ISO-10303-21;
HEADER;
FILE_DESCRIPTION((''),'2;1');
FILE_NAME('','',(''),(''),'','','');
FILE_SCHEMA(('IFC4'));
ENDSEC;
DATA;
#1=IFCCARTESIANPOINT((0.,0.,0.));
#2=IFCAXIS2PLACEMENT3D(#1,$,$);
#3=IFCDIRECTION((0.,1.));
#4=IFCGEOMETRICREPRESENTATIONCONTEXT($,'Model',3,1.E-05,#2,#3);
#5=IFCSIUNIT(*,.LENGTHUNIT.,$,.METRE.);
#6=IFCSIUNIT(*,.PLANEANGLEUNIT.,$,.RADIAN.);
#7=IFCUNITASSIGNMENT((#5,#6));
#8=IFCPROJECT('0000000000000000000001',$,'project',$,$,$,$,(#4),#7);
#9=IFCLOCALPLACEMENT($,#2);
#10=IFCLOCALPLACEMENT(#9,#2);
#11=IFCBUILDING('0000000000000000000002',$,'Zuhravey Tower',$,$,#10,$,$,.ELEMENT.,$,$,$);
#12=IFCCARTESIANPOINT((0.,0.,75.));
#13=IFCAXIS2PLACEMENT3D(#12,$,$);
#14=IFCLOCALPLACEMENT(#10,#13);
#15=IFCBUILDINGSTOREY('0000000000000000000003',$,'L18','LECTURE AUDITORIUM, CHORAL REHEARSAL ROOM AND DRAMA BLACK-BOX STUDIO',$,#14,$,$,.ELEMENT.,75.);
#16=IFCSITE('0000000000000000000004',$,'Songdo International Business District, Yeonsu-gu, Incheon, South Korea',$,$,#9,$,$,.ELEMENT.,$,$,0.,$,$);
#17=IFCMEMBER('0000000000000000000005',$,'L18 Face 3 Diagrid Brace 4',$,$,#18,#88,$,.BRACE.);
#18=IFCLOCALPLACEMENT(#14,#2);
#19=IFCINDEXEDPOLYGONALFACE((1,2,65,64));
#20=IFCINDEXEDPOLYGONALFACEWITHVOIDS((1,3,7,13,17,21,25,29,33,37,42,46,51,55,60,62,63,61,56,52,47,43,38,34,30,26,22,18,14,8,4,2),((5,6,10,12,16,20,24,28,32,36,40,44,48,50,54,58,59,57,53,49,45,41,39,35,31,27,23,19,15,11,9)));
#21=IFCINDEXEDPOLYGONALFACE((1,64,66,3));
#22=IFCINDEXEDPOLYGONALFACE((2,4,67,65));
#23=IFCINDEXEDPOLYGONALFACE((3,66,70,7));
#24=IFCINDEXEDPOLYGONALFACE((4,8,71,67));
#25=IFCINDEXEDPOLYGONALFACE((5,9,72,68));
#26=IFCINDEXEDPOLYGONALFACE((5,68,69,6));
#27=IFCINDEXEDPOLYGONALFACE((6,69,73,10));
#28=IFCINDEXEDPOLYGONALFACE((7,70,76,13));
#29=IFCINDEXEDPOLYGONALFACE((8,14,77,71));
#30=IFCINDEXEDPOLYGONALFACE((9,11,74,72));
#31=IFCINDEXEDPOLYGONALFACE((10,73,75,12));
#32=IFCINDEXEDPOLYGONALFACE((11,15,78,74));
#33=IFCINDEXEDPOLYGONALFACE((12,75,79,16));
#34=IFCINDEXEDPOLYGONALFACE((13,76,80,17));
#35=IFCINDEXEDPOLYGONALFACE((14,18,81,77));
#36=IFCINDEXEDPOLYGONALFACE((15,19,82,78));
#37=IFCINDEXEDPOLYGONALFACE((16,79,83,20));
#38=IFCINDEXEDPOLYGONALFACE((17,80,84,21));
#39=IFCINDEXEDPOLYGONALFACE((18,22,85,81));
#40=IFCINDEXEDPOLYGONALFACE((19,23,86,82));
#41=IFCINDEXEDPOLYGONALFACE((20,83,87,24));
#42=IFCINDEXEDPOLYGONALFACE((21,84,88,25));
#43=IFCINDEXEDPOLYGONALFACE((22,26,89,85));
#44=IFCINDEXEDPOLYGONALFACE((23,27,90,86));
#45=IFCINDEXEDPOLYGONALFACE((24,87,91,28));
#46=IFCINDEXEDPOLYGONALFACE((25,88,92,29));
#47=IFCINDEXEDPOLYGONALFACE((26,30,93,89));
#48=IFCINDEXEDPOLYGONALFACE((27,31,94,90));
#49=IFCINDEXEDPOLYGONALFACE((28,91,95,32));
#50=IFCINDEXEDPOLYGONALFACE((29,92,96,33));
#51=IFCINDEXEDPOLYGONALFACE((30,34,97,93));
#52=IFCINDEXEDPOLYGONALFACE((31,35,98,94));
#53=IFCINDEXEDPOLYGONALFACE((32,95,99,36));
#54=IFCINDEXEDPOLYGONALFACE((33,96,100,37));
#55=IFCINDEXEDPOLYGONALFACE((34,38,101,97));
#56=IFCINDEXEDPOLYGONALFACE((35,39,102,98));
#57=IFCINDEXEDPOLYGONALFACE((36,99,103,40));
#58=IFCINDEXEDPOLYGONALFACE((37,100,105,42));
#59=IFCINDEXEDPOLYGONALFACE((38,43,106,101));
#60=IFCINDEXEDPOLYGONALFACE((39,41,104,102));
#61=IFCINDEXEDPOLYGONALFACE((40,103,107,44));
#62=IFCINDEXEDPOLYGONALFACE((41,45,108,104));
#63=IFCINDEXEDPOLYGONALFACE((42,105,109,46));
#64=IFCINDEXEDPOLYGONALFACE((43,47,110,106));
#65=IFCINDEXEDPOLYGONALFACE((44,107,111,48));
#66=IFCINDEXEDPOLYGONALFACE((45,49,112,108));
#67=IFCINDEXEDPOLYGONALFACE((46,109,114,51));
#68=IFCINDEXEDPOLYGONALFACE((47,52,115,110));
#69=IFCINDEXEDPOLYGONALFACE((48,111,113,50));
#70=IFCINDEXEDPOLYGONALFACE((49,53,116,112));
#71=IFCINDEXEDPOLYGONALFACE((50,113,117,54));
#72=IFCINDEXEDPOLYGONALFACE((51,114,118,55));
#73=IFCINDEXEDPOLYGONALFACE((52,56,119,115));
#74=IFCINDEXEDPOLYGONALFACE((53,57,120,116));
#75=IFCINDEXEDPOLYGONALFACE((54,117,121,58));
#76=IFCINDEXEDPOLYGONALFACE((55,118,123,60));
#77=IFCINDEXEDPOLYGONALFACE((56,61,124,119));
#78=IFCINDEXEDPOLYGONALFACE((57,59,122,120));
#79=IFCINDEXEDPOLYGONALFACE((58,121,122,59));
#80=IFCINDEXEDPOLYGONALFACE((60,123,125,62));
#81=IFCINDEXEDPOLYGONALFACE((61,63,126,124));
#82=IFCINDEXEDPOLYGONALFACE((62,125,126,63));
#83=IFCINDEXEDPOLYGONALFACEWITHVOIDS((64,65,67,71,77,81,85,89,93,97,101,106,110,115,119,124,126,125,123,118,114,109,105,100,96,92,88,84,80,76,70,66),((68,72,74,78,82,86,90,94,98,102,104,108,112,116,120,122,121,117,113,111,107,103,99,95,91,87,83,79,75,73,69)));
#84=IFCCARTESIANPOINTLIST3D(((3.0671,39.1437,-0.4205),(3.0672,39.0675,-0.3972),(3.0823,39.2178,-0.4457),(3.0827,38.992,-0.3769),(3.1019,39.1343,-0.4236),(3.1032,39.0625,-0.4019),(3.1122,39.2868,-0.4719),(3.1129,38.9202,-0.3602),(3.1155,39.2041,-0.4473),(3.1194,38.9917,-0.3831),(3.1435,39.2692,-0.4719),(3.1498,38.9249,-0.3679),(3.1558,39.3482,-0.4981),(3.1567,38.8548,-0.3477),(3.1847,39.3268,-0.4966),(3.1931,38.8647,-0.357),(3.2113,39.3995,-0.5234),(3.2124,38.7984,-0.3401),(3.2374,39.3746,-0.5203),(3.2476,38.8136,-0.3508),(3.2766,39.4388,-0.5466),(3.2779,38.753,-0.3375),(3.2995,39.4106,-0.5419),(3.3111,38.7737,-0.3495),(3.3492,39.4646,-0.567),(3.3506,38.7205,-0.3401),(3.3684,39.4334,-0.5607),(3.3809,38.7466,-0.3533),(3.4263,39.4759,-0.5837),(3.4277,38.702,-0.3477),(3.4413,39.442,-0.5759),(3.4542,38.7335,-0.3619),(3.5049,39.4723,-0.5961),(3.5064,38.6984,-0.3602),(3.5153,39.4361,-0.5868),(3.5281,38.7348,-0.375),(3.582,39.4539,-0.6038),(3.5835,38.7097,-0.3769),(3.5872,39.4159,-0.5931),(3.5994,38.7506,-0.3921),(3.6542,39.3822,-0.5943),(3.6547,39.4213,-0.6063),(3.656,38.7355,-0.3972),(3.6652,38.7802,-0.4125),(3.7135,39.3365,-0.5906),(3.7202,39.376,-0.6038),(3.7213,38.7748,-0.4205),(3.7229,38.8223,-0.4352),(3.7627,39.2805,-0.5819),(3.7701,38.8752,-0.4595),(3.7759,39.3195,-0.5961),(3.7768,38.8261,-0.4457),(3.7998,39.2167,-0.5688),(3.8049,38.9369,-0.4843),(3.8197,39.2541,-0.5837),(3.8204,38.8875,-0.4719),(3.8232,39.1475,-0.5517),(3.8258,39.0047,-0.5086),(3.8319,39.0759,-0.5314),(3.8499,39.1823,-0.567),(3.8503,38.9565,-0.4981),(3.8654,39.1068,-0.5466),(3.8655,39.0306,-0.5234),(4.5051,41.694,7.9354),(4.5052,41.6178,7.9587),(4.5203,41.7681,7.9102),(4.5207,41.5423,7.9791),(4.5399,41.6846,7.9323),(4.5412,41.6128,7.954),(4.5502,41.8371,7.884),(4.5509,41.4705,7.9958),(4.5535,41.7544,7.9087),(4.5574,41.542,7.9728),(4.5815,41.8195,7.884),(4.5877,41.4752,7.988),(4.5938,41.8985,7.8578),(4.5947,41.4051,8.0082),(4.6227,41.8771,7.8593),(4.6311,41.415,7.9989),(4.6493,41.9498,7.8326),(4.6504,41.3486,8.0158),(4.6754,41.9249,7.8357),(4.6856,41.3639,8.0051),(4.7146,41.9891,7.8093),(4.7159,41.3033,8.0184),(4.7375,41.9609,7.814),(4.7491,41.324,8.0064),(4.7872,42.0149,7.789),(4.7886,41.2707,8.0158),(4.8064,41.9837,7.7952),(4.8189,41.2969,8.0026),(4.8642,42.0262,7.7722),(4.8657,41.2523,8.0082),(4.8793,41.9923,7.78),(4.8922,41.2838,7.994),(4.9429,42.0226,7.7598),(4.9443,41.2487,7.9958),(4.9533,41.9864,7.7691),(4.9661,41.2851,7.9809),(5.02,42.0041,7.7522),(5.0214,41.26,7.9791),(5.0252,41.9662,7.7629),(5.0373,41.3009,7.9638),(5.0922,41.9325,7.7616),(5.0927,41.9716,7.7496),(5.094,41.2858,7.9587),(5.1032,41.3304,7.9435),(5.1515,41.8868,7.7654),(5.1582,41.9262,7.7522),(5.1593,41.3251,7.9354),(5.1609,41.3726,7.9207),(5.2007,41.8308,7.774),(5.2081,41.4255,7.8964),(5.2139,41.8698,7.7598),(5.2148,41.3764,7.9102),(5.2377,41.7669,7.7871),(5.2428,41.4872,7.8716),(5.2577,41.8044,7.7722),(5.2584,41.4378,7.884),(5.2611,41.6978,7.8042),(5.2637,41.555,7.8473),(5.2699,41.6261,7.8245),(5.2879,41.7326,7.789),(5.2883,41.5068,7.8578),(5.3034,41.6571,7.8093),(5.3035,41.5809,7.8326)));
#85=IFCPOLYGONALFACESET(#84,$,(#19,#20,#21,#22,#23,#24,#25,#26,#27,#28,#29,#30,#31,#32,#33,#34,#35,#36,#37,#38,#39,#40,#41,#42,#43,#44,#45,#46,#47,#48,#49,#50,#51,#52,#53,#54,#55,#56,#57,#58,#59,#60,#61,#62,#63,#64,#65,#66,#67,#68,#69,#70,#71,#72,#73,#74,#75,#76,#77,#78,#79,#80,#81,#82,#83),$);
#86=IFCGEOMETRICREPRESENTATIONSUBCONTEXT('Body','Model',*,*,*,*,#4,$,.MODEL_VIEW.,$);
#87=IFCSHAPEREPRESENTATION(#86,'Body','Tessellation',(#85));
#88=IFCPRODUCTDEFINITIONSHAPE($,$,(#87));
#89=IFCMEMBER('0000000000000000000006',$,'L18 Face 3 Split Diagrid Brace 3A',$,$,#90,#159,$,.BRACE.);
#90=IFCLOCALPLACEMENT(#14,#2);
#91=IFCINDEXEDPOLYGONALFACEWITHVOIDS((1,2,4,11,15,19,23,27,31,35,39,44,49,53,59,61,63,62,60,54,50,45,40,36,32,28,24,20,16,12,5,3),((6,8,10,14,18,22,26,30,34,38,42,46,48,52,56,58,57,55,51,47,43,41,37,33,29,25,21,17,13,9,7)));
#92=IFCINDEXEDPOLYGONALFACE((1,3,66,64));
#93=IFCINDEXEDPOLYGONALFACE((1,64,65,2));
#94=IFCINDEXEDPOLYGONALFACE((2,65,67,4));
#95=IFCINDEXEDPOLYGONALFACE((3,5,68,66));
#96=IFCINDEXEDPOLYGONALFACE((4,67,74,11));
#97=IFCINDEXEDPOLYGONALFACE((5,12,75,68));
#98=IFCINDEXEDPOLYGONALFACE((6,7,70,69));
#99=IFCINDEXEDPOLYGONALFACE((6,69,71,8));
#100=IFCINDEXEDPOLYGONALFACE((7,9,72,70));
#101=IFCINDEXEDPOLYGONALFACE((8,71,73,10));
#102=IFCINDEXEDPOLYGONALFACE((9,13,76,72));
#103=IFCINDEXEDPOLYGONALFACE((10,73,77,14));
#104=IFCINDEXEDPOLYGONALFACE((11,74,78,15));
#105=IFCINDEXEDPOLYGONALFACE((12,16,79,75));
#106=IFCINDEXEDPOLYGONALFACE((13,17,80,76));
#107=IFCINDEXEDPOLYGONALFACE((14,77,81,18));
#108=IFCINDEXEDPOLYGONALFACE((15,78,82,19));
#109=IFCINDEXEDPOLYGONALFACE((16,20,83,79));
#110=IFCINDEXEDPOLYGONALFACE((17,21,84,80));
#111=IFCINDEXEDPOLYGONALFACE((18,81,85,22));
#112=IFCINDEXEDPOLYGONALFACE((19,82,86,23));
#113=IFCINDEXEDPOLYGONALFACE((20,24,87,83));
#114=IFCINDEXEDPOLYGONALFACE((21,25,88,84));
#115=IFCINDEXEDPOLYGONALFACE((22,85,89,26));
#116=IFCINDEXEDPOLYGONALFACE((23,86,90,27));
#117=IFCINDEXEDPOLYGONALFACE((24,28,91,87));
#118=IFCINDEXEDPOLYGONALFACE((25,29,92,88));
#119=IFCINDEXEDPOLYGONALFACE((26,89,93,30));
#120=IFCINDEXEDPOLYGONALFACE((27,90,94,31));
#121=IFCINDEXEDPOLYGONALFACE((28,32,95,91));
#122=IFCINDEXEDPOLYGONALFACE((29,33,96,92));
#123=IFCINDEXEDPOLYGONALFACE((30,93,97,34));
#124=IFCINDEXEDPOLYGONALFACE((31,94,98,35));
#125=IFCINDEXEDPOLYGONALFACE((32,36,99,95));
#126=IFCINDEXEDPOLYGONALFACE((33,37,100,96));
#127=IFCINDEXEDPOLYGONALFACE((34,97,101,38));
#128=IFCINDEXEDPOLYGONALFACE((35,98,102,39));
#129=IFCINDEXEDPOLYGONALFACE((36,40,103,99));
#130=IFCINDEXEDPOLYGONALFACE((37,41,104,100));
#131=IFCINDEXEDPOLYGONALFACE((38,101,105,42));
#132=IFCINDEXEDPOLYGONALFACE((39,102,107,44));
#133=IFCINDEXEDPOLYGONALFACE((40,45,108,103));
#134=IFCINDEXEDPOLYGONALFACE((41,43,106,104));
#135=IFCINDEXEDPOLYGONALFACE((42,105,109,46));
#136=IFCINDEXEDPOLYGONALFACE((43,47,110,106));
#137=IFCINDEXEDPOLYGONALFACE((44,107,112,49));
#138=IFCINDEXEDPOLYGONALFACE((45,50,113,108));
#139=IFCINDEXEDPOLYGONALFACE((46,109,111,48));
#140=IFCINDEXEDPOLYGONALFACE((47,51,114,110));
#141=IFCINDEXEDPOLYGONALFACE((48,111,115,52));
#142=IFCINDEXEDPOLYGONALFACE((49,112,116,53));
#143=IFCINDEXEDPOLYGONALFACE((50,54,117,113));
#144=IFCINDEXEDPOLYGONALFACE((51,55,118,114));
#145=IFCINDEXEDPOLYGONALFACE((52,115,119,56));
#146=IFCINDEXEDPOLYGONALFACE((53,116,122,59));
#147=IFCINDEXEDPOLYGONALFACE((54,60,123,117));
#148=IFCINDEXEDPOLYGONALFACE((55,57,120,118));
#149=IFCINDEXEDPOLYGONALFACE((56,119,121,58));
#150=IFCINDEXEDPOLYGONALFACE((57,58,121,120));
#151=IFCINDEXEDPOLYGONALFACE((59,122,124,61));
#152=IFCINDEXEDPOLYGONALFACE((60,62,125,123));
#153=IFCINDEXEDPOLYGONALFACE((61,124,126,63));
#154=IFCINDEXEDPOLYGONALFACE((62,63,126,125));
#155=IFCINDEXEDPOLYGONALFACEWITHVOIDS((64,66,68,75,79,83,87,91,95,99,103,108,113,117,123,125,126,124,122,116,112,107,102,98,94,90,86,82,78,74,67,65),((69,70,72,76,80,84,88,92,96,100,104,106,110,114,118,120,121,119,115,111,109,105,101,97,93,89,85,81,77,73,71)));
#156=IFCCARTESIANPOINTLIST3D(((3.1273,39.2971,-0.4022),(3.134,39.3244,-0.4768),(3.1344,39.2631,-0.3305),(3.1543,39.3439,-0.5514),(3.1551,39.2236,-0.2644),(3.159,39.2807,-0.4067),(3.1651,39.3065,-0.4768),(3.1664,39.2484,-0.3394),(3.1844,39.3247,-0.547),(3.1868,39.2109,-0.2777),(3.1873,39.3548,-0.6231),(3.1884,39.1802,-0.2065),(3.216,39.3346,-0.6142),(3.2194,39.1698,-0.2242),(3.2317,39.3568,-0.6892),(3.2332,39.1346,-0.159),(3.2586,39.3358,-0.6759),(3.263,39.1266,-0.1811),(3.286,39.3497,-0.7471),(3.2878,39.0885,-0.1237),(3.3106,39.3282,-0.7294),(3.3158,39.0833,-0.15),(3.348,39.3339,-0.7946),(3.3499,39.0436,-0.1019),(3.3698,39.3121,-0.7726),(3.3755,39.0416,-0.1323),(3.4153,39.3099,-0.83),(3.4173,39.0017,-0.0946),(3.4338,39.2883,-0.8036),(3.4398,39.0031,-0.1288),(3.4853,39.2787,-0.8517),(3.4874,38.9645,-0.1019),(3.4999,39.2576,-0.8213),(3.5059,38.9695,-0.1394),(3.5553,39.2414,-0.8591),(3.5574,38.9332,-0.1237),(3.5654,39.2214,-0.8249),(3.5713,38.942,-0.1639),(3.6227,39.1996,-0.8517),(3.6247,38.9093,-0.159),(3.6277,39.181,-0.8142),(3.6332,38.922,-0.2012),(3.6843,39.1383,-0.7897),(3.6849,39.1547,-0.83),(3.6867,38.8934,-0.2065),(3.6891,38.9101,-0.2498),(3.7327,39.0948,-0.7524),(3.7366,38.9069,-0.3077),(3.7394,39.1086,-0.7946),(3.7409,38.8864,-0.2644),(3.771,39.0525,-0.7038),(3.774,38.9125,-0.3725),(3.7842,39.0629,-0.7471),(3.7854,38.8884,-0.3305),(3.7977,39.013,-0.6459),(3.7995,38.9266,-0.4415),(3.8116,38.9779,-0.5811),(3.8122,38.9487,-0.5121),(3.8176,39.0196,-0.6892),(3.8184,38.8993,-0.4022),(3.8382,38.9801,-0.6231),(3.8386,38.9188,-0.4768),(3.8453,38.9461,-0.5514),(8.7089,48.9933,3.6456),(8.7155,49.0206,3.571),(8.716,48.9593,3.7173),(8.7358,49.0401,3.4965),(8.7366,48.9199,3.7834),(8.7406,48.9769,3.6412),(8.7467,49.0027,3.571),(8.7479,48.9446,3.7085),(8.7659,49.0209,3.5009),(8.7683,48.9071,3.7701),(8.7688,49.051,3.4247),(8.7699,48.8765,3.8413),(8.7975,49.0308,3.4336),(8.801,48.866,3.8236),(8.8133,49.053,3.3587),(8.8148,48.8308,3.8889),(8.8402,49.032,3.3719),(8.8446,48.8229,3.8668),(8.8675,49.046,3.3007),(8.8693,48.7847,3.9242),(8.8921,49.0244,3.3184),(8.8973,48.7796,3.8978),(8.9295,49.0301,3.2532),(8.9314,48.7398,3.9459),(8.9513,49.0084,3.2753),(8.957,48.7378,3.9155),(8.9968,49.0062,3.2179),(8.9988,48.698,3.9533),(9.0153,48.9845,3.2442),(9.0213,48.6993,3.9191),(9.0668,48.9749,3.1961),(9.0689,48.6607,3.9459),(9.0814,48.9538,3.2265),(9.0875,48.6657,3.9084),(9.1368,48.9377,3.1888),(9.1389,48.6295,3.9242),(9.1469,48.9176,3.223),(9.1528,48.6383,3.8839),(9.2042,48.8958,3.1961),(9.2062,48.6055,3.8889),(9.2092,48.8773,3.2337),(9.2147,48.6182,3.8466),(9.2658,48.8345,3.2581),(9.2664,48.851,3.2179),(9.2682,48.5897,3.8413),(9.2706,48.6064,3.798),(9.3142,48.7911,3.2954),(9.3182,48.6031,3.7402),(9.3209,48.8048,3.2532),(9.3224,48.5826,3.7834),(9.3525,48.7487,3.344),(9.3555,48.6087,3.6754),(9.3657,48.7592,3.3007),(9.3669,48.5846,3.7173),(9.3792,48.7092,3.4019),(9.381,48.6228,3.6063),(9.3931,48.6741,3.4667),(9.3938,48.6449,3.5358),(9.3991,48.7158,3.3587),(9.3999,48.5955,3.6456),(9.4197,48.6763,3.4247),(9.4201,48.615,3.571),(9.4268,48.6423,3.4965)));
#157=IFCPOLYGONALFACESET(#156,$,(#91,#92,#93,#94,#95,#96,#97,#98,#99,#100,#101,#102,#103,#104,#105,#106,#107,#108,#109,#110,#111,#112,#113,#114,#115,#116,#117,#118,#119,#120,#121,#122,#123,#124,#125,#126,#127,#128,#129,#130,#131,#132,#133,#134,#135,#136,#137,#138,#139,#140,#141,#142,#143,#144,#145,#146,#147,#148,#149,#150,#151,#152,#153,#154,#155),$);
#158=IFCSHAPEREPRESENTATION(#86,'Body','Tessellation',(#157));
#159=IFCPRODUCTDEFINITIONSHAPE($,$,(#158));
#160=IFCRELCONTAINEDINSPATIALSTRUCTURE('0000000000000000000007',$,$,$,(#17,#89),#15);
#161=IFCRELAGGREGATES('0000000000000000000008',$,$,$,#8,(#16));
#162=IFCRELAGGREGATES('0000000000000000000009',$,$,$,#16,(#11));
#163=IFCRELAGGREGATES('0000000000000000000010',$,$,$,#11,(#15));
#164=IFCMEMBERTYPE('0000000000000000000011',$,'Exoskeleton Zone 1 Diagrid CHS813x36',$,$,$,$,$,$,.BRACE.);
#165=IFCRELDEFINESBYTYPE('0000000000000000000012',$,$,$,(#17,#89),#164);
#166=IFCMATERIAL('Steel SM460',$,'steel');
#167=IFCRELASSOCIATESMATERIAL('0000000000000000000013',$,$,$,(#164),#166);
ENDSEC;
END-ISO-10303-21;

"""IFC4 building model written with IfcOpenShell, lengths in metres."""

from ifc_helpers import new_model, si_unit, direction, frame, origin, origin_2d, place, context, subcontext, project, spatial, hollow_circle, extrude, material, material_profile, profile_set, type_object, element, save


model = new_model("IFC4")

# Units and contexts
model_context = context("Model", 3, precision=1e-05, world=origin(), true_north=direction((0.0, 1.0)))
body_context = subcontext(model_context, "Body", "Model", "MODEL_VIEW")
ifc_project = project(units=[si_unit("LENGTHUNIT", "METRE"), si_unit("PLANEANGLEUNIT", "RADIAN")], contexts=[model_context])

# Site, building, storey
site_placement = place(None, origin())
site = spatial("IfcSite", under=ifc_project, at=site_placement, Name="Songdo International Business District, Yeonsu-gu, Incheon, South Korea", CompositionType="ELEMENT", RefElevation=0.0)
building_placement = place(site_placement, origin())
building = spatial("IfcBuilding", under=site, at=building_placement, Name="Zuhravey Tower", CompositionType="ELEMENT")
storey_placement = place(building_placement, frame((0.0, 0.0, 75.0)))
storey = spatial("IfcBuildingStorey", under=building, at=storey_placement, Name="L18", Description="LECTURE AUDITORIUM, CHORAL REHEARSAL ROOM AND DRAMA BLACK-BOX STUDIO", CompositionType="ELEMENT", Elevation=75.0)

# Members
ifc_material_1 = material(Name="Steel SM460", Category="steel")
ifc_material_profile_1 = material_profile(ifc_material_1, hollow_circle(Radius=0.4065, WallThickness=0.0359, at=origin_2d()), Name="CHS-812.8x36")
ifc_profile_set_1 = profile_set([ifc_material_profile_1], Name="Steel SM460")
member_type_1 = type_object("IfcMemberType", Name="Exoskeleton Zone 1 Diagrid CHS813x36", PredefinedType="BRACE", material=ifc_profile_set_1)
member_1_placement = place(storey_placement, frame((3.4663, 39.0872, -0.4719), z_axis=(0.162411, 0.288038, 0.943746), x_axis=(-0.871072, 0.491156, 0.0)))
element("IfcMember", 1, at=member_1_placement, inside=storey, type_object=member_type_1, Name="L18 Face 3 Diagrid Brace 4", PredefinedType="BRACE", context=body_context, shape_type="SweptSolid", body=[
    extrude(hollow_circle(Radius=0.4065, WallThickness=0.0359, at=origin_2d()), origin(), (0.0, 0.0, 1.0), 8.854),
])
member_2_placement = place(storey_placement, frame((3.4863, 39.1216, -0.4768), z_axis=(0.469125, 0.814967, 0.34022), x_axis=(-0.866668, 0.498886, 0.0)))
element("IfcMember", 2, at=member_2_placement, inside=storey, type_object=member_type_1, Name="L18 Face 3 Split Diagrid Brace 3A", PredefinedType="BRACE", context=body_context, shape_type="SweptSolid", body=[
    extrude(hollow_circle(Radius=0.4065, WallThickness=0.0359, at=origin_2d()), origin(), (0.0, 0.0, 1.0), 11.8977),
])

save(model, "model.ifc")
